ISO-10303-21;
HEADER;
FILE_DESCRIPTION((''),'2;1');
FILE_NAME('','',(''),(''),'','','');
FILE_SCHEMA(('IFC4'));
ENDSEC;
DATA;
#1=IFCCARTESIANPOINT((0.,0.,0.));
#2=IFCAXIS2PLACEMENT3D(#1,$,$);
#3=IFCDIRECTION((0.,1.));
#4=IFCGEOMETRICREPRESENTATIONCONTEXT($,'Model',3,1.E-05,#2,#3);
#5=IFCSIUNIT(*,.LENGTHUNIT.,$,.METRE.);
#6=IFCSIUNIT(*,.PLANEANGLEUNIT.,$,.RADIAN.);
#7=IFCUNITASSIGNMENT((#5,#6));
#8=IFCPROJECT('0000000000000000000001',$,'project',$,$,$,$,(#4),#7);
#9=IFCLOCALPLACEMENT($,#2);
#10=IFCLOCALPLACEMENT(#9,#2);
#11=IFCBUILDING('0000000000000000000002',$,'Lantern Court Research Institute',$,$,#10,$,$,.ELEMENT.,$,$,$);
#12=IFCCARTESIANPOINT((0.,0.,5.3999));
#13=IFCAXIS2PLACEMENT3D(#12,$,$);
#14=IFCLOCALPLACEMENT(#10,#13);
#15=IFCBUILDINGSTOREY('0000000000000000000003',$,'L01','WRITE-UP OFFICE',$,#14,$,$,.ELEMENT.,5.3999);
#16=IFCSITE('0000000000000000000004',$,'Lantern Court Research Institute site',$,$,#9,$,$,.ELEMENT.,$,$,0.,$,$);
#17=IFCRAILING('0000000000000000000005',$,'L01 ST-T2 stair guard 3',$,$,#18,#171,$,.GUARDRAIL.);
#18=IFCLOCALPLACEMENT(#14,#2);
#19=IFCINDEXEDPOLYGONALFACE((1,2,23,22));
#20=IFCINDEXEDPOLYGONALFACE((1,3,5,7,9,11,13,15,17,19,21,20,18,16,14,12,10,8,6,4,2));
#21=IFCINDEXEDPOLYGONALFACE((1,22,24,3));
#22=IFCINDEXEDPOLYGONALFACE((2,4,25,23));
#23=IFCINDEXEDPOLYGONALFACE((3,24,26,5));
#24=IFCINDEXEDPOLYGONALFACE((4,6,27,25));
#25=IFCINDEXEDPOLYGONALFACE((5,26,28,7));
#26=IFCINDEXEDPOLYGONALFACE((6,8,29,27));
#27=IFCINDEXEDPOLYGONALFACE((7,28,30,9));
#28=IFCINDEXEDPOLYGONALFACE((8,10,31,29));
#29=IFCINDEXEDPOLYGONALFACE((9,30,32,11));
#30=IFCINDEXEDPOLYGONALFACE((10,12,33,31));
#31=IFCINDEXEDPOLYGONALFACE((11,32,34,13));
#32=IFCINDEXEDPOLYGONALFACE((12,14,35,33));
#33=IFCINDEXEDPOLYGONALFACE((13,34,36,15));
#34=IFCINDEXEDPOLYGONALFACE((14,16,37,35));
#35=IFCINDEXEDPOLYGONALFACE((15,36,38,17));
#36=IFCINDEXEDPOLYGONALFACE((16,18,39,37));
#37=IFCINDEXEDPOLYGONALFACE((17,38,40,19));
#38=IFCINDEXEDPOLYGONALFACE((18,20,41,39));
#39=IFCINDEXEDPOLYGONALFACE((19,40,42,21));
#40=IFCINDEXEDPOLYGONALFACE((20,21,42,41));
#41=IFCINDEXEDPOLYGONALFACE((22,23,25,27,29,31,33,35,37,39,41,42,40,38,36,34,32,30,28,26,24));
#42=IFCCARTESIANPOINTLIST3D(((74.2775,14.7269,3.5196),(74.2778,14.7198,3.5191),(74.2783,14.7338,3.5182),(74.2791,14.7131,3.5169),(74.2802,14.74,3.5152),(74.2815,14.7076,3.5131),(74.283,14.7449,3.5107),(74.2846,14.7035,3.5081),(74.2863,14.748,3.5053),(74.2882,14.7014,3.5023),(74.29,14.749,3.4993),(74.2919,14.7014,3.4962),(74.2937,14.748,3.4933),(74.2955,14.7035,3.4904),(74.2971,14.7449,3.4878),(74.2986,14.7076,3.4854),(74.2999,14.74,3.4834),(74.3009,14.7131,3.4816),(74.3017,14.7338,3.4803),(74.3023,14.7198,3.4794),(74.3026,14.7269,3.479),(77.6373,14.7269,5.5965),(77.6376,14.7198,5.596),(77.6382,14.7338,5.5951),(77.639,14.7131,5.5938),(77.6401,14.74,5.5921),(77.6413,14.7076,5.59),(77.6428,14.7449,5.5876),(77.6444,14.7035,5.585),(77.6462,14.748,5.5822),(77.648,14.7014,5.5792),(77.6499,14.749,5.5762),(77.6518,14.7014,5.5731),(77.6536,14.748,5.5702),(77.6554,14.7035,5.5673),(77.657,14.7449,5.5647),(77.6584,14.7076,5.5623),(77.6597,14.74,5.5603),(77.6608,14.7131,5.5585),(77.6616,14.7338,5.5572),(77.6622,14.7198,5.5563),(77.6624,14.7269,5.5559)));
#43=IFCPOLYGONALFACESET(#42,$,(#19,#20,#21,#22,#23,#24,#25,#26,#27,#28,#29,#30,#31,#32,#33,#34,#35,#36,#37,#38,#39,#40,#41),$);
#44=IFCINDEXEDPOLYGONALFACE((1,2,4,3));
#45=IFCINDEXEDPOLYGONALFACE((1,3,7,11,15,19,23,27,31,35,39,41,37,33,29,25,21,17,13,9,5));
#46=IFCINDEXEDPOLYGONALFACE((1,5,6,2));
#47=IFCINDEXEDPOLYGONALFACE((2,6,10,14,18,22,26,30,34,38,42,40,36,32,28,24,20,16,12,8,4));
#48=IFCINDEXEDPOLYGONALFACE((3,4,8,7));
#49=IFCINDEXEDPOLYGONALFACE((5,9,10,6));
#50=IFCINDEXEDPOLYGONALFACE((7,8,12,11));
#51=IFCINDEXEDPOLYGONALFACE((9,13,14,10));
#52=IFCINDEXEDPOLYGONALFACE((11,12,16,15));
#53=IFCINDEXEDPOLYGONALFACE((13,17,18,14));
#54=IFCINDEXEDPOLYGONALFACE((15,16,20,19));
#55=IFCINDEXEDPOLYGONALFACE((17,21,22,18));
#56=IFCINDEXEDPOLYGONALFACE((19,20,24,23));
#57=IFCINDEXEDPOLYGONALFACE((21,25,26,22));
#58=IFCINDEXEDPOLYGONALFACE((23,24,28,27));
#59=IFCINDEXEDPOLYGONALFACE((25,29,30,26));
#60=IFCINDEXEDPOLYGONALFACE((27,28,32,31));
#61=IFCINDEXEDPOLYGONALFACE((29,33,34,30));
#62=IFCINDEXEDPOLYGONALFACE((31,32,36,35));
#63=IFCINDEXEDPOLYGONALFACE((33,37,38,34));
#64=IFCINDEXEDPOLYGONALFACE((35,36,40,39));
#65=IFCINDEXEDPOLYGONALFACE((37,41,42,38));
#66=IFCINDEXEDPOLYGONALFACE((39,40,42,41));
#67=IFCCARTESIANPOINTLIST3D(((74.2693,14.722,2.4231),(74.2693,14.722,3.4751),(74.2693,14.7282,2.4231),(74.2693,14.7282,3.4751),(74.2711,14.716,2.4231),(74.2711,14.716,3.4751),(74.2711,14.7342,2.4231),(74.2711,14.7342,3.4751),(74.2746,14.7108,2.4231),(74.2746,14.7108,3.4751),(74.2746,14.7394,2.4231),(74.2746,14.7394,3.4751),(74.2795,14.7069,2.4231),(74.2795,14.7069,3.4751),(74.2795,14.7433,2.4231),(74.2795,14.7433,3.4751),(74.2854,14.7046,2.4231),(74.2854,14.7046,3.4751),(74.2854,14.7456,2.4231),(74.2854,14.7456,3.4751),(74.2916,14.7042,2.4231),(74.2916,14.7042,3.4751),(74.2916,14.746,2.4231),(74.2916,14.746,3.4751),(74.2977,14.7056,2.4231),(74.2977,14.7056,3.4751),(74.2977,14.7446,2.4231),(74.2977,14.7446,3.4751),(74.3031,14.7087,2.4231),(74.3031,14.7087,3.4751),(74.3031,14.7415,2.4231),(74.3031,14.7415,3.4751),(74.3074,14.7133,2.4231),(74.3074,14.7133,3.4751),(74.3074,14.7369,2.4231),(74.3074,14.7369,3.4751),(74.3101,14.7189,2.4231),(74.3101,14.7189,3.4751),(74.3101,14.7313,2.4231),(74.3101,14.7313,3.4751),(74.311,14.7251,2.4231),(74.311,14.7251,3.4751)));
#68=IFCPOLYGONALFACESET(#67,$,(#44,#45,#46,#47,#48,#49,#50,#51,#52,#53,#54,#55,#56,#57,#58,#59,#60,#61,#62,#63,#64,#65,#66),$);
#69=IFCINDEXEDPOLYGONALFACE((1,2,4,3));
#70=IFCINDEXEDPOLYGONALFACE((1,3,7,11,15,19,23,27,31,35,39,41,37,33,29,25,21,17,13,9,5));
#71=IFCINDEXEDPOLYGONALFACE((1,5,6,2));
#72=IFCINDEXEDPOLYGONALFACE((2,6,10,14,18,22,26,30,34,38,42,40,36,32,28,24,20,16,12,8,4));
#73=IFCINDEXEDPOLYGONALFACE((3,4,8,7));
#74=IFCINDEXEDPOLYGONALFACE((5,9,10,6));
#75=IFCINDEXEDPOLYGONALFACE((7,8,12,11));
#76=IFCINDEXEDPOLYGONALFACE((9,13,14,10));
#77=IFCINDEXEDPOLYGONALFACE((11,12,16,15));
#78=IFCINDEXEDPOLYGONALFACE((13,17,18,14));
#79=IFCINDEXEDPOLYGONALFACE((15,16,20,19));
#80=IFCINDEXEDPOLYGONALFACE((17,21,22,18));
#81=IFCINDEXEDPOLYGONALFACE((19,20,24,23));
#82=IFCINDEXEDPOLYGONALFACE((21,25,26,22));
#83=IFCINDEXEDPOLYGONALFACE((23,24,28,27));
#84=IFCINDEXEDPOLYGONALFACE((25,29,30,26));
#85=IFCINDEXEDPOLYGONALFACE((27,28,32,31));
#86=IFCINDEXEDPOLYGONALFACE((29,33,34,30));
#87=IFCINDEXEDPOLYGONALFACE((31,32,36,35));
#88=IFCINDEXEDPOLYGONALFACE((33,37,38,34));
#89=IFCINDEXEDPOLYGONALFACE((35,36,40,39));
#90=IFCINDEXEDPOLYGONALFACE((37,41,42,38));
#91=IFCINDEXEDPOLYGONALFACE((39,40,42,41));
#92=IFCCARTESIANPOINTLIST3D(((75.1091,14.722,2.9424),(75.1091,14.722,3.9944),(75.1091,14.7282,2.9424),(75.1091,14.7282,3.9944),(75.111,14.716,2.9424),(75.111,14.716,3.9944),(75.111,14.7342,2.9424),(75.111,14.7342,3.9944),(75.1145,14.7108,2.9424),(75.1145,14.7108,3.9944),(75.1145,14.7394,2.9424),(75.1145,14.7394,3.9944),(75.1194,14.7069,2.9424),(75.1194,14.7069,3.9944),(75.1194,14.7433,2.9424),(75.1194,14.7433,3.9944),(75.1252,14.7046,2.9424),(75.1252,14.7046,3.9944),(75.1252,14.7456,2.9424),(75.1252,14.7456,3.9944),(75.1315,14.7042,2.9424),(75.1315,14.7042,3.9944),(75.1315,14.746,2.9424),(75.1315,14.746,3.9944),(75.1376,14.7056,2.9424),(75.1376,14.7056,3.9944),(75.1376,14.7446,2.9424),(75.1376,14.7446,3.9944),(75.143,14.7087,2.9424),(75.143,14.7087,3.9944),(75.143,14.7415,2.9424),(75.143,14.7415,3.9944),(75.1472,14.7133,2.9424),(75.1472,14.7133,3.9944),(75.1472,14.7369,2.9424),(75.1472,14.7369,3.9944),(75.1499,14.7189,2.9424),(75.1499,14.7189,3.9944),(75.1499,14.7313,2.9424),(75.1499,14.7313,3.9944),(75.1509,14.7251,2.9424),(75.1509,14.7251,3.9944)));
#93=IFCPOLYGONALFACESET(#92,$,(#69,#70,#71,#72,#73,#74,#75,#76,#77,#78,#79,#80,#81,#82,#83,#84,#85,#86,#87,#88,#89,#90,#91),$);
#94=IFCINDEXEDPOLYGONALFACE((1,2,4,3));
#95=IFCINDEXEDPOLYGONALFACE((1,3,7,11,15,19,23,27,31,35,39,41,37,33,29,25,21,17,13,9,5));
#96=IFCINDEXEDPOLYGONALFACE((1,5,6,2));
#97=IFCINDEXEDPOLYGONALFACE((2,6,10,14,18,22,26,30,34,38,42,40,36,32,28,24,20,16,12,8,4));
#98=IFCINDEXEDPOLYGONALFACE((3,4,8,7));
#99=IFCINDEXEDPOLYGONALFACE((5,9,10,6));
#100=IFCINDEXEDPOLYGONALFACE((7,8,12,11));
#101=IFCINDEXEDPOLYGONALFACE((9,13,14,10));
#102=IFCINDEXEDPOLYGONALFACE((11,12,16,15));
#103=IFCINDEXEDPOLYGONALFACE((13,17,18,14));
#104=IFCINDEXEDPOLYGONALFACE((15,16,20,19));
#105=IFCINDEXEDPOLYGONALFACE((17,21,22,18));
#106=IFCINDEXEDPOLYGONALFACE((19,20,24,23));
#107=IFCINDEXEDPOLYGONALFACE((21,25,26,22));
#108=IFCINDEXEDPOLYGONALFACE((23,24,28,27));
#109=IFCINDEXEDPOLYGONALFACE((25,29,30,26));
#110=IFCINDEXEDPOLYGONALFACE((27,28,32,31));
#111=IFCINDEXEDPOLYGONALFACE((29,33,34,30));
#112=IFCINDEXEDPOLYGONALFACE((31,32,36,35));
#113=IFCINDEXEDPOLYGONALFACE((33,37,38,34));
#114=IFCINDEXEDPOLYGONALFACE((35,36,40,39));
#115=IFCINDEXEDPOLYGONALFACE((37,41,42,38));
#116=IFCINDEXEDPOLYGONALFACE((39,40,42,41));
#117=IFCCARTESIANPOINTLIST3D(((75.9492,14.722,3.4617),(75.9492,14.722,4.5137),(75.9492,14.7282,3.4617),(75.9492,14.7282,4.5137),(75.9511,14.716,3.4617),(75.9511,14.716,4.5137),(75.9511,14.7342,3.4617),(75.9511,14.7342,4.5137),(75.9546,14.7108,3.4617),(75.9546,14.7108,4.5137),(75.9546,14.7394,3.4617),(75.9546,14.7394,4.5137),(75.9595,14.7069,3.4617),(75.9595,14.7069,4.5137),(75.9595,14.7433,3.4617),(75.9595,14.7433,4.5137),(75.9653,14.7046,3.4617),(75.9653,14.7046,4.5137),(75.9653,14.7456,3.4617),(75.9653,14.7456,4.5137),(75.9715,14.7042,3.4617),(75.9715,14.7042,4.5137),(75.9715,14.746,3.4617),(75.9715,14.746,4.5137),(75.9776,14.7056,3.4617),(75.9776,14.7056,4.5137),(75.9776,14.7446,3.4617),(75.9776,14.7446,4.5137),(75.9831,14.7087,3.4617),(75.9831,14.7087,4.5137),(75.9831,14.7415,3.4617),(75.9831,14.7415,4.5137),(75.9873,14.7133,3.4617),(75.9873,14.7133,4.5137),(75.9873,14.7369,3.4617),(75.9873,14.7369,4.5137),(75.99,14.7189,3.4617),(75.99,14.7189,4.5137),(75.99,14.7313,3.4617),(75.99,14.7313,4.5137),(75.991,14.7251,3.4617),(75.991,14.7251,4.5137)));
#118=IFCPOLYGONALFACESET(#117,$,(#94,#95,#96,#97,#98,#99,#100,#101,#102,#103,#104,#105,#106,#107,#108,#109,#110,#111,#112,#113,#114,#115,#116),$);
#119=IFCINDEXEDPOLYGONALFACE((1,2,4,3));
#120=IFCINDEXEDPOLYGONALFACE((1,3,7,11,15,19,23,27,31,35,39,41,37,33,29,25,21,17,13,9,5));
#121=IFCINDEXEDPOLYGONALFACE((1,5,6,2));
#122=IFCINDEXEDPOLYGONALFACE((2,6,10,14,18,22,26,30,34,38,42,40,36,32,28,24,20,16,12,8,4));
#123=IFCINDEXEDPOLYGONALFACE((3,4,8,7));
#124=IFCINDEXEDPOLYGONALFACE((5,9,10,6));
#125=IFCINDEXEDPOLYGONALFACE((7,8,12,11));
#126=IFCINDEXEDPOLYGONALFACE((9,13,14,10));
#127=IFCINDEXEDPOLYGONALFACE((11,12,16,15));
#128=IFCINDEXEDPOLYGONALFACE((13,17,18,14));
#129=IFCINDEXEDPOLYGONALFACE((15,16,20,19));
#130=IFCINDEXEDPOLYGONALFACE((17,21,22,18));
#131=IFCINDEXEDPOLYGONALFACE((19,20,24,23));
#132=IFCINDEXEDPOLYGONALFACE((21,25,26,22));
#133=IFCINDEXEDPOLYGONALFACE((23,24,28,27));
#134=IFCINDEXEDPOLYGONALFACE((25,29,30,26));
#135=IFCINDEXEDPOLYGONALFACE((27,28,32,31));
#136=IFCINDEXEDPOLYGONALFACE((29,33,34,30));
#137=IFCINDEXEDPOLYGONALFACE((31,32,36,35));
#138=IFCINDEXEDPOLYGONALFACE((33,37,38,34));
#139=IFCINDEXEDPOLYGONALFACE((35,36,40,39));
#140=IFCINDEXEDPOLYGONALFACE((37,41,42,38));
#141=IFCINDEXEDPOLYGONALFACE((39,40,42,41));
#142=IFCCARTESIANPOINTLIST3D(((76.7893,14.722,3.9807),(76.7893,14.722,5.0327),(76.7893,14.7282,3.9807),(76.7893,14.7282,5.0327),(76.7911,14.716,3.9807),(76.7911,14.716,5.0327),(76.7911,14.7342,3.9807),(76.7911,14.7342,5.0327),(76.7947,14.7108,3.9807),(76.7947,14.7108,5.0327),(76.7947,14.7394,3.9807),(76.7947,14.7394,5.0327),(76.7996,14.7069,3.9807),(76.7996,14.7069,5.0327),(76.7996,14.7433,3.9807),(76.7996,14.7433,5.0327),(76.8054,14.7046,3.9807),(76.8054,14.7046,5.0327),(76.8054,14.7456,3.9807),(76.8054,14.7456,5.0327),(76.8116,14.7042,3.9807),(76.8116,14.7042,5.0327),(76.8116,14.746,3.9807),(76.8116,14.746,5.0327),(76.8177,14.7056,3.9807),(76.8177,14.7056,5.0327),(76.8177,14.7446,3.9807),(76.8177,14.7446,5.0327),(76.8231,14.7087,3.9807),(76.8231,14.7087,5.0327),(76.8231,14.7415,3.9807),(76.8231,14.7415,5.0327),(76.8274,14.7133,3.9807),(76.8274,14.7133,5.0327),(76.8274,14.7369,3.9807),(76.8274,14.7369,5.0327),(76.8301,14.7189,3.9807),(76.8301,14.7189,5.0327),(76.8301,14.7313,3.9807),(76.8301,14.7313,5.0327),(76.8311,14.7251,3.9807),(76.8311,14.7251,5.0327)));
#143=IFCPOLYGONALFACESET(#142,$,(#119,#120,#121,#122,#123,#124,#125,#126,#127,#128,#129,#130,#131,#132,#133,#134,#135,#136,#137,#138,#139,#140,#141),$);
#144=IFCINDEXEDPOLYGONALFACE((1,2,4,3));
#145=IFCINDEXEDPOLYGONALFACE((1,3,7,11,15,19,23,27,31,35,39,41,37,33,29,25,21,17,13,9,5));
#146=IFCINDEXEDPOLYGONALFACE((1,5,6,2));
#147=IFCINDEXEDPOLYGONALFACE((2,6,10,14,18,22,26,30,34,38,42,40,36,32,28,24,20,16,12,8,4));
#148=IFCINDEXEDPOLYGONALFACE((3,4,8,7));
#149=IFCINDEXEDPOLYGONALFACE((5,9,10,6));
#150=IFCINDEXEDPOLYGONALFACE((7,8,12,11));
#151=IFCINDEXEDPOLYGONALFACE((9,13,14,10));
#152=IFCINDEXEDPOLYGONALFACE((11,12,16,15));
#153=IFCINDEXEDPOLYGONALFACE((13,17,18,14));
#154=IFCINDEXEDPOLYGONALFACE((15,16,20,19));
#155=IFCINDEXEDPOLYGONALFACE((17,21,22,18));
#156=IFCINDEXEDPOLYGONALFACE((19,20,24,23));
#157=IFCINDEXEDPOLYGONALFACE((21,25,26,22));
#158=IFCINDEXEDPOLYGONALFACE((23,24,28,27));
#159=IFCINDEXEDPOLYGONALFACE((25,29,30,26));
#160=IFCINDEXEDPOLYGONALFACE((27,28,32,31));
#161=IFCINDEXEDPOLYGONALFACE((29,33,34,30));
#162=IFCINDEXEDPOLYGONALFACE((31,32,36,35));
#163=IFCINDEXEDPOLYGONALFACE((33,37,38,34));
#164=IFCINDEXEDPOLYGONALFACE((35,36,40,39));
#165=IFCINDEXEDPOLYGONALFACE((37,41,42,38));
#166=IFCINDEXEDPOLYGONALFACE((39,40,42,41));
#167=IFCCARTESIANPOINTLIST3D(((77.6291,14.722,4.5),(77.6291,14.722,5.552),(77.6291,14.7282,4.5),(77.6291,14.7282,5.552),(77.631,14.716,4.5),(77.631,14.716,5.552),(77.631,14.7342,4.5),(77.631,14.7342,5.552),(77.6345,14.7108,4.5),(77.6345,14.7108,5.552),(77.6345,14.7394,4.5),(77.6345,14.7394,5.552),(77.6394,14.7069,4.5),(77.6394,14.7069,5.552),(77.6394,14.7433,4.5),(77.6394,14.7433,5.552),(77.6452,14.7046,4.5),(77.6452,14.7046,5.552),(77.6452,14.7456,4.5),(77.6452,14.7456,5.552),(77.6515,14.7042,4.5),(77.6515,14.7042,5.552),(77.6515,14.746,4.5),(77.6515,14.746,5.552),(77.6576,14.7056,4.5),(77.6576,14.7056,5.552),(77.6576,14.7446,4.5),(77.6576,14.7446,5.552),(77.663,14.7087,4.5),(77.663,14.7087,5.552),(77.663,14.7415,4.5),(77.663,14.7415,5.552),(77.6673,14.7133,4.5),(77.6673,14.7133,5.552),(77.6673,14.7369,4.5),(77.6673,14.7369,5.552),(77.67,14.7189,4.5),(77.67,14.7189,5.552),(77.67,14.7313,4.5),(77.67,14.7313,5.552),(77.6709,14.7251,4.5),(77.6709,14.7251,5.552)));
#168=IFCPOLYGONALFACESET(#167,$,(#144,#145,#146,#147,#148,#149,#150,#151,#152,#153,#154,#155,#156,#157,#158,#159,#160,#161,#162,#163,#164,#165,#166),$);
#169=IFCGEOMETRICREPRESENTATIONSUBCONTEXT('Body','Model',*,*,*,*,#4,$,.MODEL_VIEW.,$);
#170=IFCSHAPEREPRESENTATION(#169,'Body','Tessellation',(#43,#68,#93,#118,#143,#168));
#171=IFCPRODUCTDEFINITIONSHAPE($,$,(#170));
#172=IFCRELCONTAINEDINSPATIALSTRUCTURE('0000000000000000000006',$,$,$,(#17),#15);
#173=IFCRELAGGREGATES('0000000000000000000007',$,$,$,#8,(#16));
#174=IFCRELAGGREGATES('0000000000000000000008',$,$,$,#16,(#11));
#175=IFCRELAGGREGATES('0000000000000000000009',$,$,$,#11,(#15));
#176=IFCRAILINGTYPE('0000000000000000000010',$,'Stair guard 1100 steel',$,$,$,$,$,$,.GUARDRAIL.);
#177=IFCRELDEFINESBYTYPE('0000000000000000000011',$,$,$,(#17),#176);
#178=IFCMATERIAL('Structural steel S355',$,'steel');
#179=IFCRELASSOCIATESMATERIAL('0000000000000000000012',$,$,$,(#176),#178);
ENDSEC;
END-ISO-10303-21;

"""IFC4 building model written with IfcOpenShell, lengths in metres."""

from ifc_helpers import new_model, si_unit, direction, frame, origin, origin_2d, place, context, subcontext, project, spatial, circle, extrude, material, type_object, element, save


model = new_model("IFC4")

# Units and contexts
model_context = context("Model", 3, precision=1e-05, world=origin(), true_north=direction((0.0, 1.0)))
body_context = subcontext(model_context, "Body", "Model", "MODEL_VIEW")
ifc_project = project(units=[si_unit("LENGTHUNIT", "METRE"), si_unit("PLANEANGLEUNIT", "RADIAN")], contexts=[model_context])

# Site, building, storey
site_placement = place(None, origin())
site = spatial("IfcSite", under=ifc_project, at=site_placement, Name="Lantern Court Research Institute site", CompositionType="ELEMENT", RefElevation=0.0)
building_placement = place(site_placement, origin())
building = spatial("IfcBuilding", under=site, at=building_placement, Name="Lantern Court Research Institute", CompositionType="ELEMENT")
storey_placement = place(building_placement, frame((0.0, 0.0, 5.3999)))
storey = spatial("IfcBuildingStorey", under=building, at=storey_placement, Name="L01", Description="WRITE-UP OFFICE", CompositionType="ELEMENT", Elevation=5.3999)

# Railing
ifc_material_1 = material(Name="Structural steel S355", Category="steel")
railing_type_1 = type_object("IfcRailingType", Name="Stair guard 1100 steel", PredefinedType="GUARDRAIL", material=ifc_material_1)
railing_1_placement = place(storey_placement, frame((74.29, 14.7251, 2.4231)))
element("IfcRailing", 1, at=railing_1_placement, inside=storey, type_object=railing_type_1, Name="L01 ST-T2 stair guard 3", PredefinedType="GUARDRAIL", context=body_context, shape_type="SweptSolid", body=[
    extrude(circle(Radius=0.0239, at=origin_2d()), frame((0.0, 0.0, 1.0762), z_axis=(0.850606, 0.0, 0.525803), x_axis=(0.0, 1.0, 0.0)), (0.0, 0.0, 1.0), 3.95),
    extrude(circle(Radius=0.021, at=origin_2d()), origin(), (0.0, 0.0, 1.0), 1.052),
    extrude(circle(Radius=0.021, at=origin_2d()), frame((0.8398, 0.0, 0.5193)), (0.0, 0.0, 1.0), 1.052),
    extrude(circle(Radius=0.021, at=origin_2d()), frame((1.6799, 0.0, 1.0386)), (0.0, 0.0, 1.0), 1.052),
    extrude(circle(Radius=0.021, at=origin_2d()), frame((2.52, 0.0, 1.5576)), (0.0, 0.0, 1.0), 1.052),
    extrude(circle(Radius=0.021, at=origin_2d()), frame((3.3599, 0.0, 2.0769)), (0.0, 0.0, 1.0), 1.052),
])

save(model, "model.ifc")
